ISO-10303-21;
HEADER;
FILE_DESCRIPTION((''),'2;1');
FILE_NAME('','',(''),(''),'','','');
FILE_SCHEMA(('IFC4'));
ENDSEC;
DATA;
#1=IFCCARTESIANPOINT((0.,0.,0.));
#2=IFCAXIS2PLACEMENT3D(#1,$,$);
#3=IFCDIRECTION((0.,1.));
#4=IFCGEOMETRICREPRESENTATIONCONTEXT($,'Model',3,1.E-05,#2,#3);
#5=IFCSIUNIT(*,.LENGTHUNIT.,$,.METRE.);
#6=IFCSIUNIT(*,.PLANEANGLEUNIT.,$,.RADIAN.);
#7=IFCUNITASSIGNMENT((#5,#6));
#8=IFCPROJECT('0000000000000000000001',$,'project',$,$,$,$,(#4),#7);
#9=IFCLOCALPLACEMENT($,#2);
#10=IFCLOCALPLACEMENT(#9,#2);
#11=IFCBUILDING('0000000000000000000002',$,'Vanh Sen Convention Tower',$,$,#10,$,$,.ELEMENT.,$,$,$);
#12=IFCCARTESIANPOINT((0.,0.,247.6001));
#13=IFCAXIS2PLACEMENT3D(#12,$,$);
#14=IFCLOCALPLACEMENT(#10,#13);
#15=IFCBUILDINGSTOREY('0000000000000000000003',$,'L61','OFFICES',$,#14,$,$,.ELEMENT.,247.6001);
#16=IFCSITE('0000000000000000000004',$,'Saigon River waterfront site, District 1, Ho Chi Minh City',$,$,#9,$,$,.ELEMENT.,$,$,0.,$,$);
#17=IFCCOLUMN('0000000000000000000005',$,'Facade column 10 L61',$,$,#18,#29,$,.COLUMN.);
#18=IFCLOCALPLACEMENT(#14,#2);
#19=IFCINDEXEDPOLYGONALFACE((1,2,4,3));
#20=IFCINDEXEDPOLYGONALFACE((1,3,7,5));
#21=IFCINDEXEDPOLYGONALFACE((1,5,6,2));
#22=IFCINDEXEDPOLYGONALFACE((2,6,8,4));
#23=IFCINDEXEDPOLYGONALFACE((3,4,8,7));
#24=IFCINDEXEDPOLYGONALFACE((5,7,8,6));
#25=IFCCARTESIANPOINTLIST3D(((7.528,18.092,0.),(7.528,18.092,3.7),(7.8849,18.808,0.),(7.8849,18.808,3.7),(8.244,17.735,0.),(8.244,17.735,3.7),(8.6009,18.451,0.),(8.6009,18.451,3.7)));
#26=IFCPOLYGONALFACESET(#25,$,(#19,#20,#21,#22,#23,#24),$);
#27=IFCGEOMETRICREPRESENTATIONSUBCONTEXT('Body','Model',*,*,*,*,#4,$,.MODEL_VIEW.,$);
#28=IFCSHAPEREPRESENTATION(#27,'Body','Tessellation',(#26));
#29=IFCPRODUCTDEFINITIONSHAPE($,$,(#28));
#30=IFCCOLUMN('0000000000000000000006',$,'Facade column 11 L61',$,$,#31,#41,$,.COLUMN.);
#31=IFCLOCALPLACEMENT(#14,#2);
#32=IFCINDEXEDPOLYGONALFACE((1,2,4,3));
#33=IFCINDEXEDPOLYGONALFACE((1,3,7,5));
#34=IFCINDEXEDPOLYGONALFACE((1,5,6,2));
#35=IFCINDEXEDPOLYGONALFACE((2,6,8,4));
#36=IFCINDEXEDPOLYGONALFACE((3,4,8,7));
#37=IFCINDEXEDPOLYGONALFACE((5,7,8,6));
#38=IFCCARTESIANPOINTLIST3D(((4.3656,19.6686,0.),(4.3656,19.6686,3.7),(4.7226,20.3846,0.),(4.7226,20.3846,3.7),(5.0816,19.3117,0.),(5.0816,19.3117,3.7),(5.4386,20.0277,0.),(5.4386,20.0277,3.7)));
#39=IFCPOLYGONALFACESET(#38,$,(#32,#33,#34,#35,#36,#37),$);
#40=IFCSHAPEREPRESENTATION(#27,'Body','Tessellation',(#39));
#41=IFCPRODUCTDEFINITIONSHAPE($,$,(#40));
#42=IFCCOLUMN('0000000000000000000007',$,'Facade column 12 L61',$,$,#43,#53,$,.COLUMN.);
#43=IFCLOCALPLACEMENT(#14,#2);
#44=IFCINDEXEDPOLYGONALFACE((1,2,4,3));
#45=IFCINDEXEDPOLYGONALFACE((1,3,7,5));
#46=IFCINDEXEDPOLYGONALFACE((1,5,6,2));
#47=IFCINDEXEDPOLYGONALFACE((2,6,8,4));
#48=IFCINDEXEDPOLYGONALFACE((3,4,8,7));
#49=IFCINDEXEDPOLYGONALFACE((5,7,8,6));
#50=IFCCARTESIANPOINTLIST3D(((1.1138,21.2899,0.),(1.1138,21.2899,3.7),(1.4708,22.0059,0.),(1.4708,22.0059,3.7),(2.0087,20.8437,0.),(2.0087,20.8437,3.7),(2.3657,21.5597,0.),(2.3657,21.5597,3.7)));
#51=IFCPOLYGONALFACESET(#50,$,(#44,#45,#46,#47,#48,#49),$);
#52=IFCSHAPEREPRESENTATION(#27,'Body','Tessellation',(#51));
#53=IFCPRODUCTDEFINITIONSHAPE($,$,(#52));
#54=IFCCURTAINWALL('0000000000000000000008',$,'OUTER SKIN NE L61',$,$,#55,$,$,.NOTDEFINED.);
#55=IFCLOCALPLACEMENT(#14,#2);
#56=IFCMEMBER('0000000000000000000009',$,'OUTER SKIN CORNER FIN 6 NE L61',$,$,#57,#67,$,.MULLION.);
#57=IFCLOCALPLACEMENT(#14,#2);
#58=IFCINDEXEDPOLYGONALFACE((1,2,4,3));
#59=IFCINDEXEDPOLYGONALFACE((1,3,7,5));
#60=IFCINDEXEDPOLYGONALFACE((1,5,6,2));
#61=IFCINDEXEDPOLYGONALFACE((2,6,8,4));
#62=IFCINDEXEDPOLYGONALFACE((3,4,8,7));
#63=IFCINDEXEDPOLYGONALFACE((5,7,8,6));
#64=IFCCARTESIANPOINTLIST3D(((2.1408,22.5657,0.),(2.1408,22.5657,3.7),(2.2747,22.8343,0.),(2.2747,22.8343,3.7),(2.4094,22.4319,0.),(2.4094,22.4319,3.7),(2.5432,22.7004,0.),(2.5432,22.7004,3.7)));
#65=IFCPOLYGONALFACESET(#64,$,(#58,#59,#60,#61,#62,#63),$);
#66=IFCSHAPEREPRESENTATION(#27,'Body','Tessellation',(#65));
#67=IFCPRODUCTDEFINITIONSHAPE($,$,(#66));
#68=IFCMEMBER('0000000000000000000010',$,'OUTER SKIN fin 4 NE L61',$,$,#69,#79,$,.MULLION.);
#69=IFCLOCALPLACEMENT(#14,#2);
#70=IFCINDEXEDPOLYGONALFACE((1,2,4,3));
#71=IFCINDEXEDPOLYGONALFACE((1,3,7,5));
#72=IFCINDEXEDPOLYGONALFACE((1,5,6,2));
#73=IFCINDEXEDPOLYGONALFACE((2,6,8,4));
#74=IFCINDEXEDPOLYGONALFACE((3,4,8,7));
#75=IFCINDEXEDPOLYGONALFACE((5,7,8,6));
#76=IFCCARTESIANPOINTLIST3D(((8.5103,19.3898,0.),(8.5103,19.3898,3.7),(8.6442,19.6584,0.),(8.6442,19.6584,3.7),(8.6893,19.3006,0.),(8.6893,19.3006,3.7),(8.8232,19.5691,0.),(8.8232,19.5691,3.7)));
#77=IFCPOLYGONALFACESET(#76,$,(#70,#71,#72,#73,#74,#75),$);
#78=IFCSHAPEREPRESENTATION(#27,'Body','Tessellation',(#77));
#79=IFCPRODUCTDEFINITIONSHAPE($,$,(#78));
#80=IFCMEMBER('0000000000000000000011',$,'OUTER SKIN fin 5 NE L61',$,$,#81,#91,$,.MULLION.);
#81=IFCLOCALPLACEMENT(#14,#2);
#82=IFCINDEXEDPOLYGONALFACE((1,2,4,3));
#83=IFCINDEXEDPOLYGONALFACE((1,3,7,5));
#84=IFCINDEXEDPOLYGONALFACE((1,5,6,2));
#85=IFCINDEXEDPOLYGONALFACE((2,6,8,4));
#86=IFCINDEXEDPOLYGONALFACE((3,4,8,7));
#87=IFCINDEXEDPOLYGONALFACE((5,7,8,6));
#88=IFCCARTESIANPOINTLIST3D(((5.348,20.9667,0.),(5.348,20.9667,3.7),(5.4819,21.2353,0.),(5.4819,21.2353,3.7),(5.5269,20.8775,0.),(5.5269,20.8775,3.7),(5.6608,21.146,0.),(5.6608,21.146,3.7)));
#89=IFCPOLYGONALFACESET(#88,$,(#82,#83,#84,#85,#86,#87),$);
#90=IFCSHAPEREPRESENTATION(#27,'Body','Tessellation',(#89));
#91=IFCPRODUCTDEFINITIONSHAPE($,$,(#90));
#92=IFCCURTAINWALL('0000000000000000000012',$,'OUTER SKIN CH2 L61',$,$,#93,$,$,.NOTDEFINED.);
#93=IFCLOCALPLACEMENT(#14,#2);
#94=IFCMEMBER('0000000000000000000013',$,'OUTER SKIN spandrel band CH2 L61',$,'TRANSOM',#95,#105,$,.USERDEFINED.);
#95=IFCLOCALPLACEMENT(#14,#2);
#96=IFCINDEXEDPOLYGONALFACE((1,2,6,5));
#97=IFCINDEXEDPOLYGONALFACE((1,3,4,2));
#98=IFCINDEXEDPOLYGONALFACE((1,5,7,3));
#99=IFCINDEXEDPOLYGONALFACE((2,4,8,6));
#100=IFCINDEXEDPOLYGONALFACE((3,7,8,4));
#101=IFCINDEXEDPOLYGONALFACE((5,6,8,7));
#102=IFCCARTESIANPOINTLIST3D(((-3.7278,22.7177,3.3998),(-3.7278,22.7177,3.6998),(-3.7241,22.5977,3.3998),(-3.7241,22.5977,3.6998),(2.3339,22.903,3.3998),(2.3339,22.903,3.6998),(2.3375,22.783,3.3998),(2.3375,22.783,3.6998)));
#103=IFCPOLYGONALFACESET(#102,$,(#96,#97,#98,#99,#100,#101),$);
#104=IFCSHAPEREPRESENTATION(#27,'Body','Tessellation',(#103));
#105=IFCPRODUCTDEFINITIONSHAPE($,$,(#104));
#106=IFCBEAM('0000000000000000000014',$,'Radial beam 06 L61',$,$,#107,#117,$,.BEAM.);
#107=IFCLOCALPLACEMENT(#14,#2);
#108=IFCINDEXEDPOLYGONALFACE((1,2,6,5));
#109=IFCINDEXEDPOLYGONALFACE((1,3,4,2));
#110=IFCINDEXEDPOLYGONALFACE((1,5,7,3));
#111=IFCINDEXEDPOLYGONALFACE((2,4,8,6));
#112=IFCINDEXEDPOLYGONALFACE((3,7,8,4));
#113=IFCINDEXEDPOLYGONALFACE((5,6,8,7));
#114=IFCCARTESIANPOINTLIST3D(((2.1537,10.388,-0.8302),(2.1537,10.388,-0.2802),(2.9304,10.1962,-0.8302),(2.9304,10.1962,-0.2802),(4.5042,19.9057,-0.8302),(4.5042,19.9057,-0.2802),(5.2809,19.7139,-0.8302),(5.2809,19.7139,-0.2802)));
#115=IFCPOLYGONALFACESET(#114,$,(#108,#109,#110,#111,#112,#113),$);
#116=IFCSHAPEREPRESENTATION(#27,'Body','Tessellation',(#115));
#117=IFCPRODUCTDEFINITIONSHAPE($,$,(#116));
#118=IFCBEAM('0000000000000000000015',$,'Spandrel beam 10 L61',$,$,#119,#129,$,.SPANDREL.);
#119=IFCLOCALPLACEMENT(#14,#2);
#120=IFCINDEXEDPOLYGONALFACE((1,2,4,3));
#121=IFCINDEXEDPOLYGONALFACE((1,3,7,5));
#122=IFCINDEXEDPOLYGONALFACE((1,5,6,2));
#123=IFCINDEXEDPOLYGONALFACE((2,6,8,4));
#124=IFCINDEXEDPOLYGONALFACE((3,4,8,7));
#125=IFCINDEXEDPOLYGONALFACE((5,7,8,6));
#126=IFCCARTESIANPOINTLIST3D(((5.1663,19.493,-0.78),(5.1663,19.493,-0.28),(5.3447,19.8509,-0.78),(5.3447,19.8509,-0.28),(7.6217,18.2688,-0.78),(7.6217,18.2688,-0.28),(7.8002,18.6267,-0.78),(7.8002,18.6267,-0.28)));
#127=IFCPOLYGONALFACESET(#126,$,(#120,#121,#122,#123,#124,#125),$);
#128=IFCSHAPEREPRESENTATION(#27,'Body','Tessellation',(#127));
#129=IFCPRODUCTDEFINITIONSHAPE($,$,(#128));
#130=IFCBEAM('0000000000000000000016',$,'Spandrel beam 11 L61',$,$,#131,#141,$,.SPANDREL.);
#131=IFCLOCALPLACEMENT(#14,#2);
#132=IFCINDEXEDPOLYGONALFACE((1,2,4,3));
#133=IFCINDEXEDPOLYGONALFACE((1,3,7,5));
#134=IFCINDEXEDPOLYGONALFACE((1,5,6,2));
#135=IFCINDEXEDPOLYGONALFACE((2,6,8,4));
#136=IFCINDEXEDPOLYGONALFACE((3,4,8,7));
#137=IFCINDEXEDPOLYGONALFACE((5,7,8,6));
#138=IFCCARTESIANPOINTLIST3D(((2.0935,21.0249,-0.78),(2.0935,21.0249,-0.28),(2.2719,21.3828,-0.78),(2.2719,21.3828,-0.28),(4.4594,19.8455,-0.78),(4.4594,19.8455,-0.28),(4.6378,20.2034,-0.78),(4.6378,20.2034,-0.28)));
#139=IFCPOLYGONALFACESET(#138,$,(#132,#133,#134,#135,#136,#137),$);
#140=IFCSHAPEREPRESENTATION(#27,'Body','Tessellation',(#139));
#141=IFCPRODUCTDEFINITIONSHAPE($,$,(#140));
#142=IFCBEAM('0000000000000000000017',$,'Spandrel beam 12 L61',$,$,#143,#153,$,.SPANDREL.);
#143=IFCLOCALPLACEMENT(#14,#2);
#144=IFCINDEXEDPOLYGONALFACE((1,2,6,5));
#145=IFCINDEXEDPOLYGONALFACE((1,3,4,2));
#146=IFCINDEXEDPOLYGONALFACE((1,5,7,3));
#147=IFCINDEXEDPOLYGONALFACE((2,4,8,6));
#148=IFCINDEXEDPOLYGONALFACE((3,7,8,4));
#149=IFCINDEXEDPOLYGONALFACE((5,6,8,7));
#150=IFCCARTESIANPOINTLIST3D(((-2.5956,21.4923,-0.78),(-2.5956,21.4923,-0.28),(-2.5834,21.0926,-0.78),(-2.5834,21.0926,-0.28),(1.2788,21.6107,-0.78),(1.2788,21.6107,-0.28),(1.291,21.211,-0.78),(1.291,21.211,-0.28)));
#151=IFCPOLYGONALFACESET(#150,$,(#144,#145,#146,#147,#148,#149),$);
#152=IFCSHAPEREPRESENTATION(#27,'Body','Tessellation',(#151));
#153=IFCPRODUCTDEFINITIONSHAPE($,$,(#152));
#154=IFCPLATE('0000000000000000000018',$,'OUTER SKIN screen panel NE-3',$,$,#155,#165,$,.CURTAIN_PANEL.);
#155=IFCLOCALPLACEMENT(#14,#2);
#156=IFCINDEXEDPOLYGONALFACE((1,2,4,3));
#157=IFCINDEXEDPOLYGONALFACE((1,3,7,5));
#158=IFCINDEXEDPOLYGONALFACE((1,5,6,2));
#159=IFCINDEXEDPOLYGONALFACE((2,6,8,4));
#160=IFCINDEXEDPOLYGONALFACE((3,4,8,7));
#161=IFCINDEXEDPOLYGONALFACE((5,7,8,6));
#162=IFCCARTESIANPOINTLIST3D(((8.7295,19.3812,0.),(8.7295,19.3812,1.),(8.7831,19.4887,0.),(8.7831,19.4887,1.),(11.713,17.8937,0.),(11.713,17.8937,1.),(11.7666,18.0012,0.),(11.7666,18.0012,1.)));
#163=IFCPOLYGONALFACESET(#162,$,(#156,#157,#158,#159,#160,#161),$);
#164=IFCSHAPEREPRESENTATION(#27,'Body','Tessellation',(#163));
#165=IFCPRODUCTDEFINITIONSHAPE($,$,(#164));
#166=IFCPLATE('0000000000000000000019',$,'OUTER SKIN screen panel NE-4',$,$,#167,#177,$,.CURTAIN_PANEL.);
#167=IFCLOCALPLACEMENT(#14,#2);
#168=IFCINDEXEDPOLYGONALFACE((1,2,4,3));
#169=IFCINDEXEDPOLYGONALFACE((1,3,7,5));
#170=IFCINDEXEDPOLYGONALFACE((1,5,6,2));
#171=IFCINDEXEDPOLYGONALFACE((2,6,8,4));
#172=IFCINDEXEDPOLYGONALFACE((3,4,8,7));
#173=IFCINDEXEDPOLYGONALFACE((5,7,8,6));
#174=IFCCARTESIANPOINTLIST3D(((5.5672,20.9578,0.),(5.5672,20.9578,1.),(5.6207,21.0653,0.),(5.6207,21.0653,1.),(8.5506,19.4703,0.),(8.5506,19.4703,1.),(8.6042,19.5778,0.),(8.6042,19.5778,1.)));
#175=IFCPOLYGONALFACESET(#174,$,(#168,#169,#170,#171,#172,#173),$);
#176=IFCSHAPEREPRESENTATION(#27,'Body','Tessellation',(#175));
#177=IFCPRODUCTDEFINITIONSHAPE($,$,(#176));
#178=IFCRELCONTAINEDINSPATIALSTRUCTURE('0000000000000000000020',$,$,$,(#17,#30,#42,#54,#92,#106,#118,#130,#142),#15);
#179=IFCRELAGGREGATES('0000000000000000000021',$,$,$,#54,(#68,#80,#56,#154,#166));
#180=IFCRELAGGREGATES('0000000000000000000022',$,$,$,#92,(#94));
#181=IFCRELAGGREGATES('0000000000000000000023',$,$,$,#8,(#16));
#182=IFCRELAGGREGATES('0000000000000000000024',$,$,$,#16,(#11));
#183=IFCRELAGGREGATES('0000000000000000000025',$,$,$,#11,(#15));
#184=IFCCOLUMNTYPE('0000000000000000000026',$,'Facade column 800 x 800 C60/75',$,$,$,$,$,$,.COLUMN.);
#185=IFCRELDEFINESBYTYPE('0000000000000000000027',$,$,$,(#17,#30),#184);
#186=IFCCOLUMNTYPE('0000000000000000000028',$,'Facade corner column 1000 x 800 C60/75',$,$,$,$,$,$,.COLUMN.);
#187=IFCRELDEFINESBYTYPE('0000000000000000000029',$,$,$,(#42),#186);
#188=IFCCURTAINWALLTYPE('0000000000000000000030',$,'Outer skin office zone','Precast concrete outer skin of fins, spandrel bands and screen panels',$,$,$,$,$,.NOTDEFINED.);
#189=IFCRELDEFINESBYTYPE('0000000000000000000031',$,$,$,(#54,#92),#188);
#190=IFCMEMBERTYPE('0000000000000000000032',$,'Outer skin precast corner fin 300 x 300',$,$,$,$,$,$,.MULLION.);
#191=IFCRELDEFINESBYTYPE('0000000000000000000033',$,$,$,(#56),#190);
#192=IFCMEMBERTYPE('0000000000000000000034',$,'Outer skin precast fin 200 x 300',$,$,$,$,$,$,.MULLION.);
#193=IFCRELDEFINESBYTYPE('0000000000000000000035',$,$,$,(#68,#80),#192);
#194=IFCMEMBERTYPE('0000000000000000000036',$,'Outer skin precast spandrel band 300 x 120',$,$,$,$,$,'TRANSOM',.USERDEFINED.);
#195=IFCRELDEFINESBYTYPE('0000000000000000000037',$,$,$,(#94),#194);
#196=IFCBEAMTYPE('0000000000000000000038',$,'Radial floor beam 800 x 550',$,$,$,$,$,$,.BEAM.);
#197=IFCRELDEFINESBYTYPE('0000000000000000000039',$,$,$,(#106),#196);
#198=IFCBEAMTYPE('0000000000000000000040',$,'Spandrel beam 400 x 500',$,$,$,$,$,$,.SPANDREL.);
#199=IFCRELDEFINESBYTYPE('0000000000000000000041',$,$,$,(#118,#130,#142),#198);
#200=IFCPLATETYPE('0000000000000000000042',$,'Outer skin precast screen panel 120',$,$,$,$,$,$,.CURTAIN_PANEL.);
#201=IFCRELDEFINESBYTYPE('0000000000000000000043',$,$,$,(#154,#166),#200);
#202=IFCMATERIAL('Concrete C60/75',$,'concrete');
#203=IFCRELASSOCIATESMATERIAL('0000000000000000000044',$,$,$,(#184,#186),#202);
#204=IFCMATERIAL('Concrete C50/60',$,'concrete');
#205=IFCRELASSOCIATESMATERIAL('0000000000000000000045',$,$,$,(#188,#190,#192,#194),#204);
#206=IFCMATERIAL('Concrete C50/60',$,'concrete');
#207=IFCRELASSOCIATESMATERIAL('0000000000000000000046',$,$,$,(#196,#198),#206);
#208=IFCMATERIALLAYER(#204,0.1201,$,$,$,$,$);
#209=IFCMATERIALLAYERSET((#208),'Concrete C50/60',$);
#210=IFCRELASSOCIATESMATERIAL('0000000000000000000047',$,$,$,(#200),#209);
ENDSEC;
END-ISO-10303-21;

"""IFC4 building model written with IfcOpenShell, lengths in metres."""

from ifc_helpers import new_model, si_unit, direction, frame, origin, origin_2d, place, context, subcontext, project, spatial, rectangle, extrude, material, layer, layer_set, material_profile, profile_set, type_object, element, aggregate, save


model = new_model("IFC4")

# Units and contexts
model_context = context("Model", 3, precision=1e-05, world=origin(), true_north=direction((0.0, 1.0)))
body_context = subcontext(model_context, "Body", "Model", "MODEL_VIEW")
ifc_project = project(units=[si_unit("LENGTHUNIT", "METRE"), si_unit("PLANEANGLEUNIT", "RADIAN")], contexts=[model_context])

# Site, building, storey
site_placement = place(None, origin())
site = spatial("IfcSite", under=ifc_project, at=site_placement, Name="Saigon River waterfront site, District 1, Ho Chi Minh City", CompositionType="ELEMENT", RefElevation=0.0)
building_placement = place(site_placement, origin())
building = spatial("IfcBuilding", under=site, at=building_placement, Name="Vanh Sen Convention Tower", CompositionType="ELEMENT")
storey_placement = place(building_placement, frame((0.0, 0.0, 247.6001)))
storey = spatial("IfcBuildingStorey", under=building, at=storey_placement, Name="L61", Description="OFFICES", CompositionType="ELEMENT", Elevation=247.6001)

# Columns
ifc_material_1 = material(Name="Concrete C60/75", Category="concrete")
ifc_material_profile_1 = material_profile(ifc_material_1, rectangle(XDim=0.8, YDim=0.8, at=origin_2d()), Name="RC 800X800")
ifc_profile_set_1 = profile_set([ifc_material_profile_1], Name="Concrete C60/75")
column_type_1 = type_object("IfcColumnType", Name="Facade column 800 x 800 C60/75", PredefinedType="COLUMN", material=ifc_profile_set_1)
for number, where, z_axis, x_axis, name in (
    (1, (8.0645, 18.2715, 0.0), (0.0, 0.0, 1.0), (-0.894934, 0.446198, 0.0), "Facade column 10 L61"),
    (2, (4.9021, 19.8481, 0.0), (0.0, 0.0, 1.0), (-0.894934, 0.446198, 0.0), "Facade column 11 L61"),
):
    element("IfcColumn", number, at=place(storey_placement, frame(where, z_axis=z_axis, x_axis=x_axis)), inside=storey, type_object=column_type_1, Name=name, PredefinedType="COLUMN", context=body_context, shape_type="SweptSolid", body=[
        extrude(rectangle(XDim=0.8, YDim=0.8, at=origin_2d()), origin(), (0.0, 0.0, 1.0), 3.7),
    ])
ifc_material_profile_2 = material_profile(ifc_material_1, rectangle(XDim=1.0, YDim=0.8, at=origin_2d()), Name="RC 1000X800")
ifc_profile_set_2 = profile_set([ifc_material_profile_2], Name="Concrete C60/75")
column_type_2 = type_object("IfcColumnType", Name="Facade corner column 1000 x 800 C60/75", PredefinedType="COLUMN", material=ifc_profile_set_2)
column_placement = place(storey_placement, frame((1.7397, 21.4248, 0.0), z_axis=(0.0, 0.0, 1.0), x_axis=(-0.894934, 0.446198, 0.0)))
element("IfcColumn", 3, at=column_placement, inside=storey, type_object=column_type_2, Name="Facade column 12 L61", PredefinedType="COLUMN", context=body_context, shape_type="SweptSolid", body=[
    extrude(rectangle(XDim=1.0, YDim=0.8, at=origin_2d()), origin(), (0.0, 0.0, 1.0), 3.7),
])

# Curtain wall, members
ifc_material_2 = material(Name="Concrete C50/60", Category="concrete")
curtain_wall_type = type_object("IfcCurtainWallType", Name="Outer skin office zone", Description="Precast concrete outer skin of fins, spandrel bands and screen panels", PredefinedType="NOTDEFINED", material=ifc_material_2)
curtain_wall_1_placement = place(storey_placement, origin())
curtain_wall_1 = element("IfcCurtainWall", 4, at=curtain_wall_1_placement, inside=storey, type_object=curtain_wall_type, Name="OUTER SKIN NE L61", PredefinedType="NOTDEFINED")
ifc_material_profile_3 = material_profile(ifc_material_2, rectangle(XDim=0.3, YDim=0.3, at=origin_2d()), Name="Outer skin precast corner fin 300 x 300")
ifc_profile_set_3 = profile_set([ifc_material_profile_3], Name="Concrete C50/60")
member_type_1 = type_object("IfcMemberType", Name="Outer skin precast corner fin 300 x 300", PredefinedType="MULLION", material=ifc_profile_set_3)
member_1_placement = place(storey_placement, frame((2.342, 22.6331, 0.0), z_axis=(0.0, 0.0, 1.0), x_axis=(-0.894934, 0.446198, 0.0)))
member_1 = element("IfcMember", 5, at=member_1_placement, type_object=member_type_1, Name="OUTER SKIN CORNER FIN 6 NE L61", PredefinedType="MULLION", context=body_context, shape_type="SweptSolid", body=[
    extrude(rectangle(XDim=0.3, YDim=0.3, at=origin_2d()), origin(), (0.0, 0.0, 1.0), 3.7),
])
ifc_material_profile_4 = material_profile(ifc_material_2, rectangle(XDim=0.2, YDim=0.3, at=origin_2d()), Name="Outer skin precast fin 200 x 300")
ifc_profile_set_4 = profile_set([ifc_material_profile_4], Name="Concrete C50/60")
member_type_2 = type_object("IfcMemberType", Name="Outer skin precast fin 200 x 300", PredefinedType="MULLION", material=ifc_profile_set_4)
member_2_placement = place(storey_placement, frame((8.6667, 19.4795, 0.0), z_axis=(0.0, 0.0, 1.0), x_axis=(-0.894934, 0.446198, 0.0)))
member_2 = element("IfcMember", 6, at=member_2_placement, type_object=member_type_2, Name="OUTER SKIN fin 4 NE L61", PredefinedType="MULLION", context=body_context, shape_type="SweptSolid", body=[
    extrude(rectangle(XDim=0.2, YDim=0.3, at=origin_2d()), origin(), (0.0, 0.0, 1.0), 3.7),
])
member_3_placement = place(storey_placement, frame((5.5044, 21.0564, 0.0), z_axis=(0.0, 0.0, 1.0), x_axis=(-0.894934, 0.446198, 0.0)))
member_3 = element("IfcMember", 7, at=member_3_placement, type_object=member_type_2, Name="OUTER SKIN fin 5 NE L61", PredefinedType="MULLION", context=body_context, shape_type="SweptSolid", body=[
    extrude(rectangle(XDim=0.2, YDim=0.3, at=origin_2d()), origin(), (0.0, 0.0, 1.0), 3.7),
])

# Curtain wall, member
curtain_wall_2_placement = place(storey_placement, origin())
curtain_wall_2 = element("IfcCurtainWall", 8, at=curtain_wall_2_placement, inside=storey, type_object=curtain_wall_type, Name="OUTER SKIN CH2 L61", PredefinedType="NOTDEFINED")
ifc_material_profile_5 = material_profile(ifc_material_2, rectangle(XDim=0.1201, YDim=0.3, at=origin_2d()), Name="Outer skin precast spandrel band 300 x 120")
ifc_profile_set_5 = profile_set([ifc_material_profile_5], Name="Concrete C50/60")
member_type_3 = type_object("IfcMemberType", Name="Outer skin precast spandrel band 300 x 120", ElementType="TRANSOM", PredefinedType="USERDEFINED", material=ifc_profile_set_5)
member_4_placement = place(storey_placement, frame((2.3357, 22.843, 3.5498), z_axis=(-0.999533, -0.030556, 0.0), x_axis=(0.030556, -0.999533, 0.0)))
member_4 = element("IfcMember", 9, at=member_4_placement, type_object=member_type_3, Name="OUTER SKIN spandrel band CH2 L61", ObjectType="TRANSOM", PredefinedType="USERDEFINED", context=body_context, shape_type="SweptSolid", body=[
    extrude(rectangle(XDim=0.1201, YDim=0.3, at=origin_2d()), origin(), (0.0, 0.0, 1.0), 6.0645),
])

# Beams
ifc_material_3 = material(Name="Concrete C50/60", Category="concrete")
ifc_material_profile_6 = material_profile(ifc_material_3, rectangle(XDim=0.8, YDim=0.55, at=origin_2d()), Name="RC 800X550")
ifc_profile_set_6 = profile_set([ifc_material_profile_6], Name="Concrete C50/60")
beam_type_1 = type_object("IfcBeamType", Name="Radial floor beam 800 x 550", PredefinedType="BEAM", material=ifc_profile_set_6)
beam_1_placement = place(storey_placement, frame((4.8926, 19.8098, -0.5552), z_axis=(-0.239763, -0.970831, 0.0), x_axis=(0.970831, -0.239763, 0.0)))
element("IfcBeam", 10, at=beam_1_placement, inside=storey, type_object=beam_type_1, Name="Radial beam 06 L61", PredefinedType="BEAM", context=body_context, shape_type="SweptSolid", body=[
    extrude(rectangle(XDim=0.8, YDim=0.55, at=origin_2d()), origin(), (0.0, 0.0, 1.0), 9.8037),
])
ifc_material_profile_7 = material_profile(ifc_material_3, rectangle(XDim=0.3999, YDim=0.5, at=origin_2d()), Name="RC 400X500")
ifc_profile_set_7 = profile_set([ifc_material_profile_7], Name="Concrete C50/60")
beam_type_2 = type_object("IfcBeamType", Name="Spandrel beam 400 x 500", PredefinedType="SPANDREL", material=ifc_profile_set_7)
beam_2_placement = place(storey_placement, frame((7.7109, 18.4478, -0.53), z_axis=(-0.894943, 0.446181, 0.0), x_axis=(-0.446181, -0.894943, 0.0)))
element("IfcBeam", 11, at=beam_2_placement, inside=storey, type_object=beam_type_2, Name="Spandrel beam 10 L61", PredefinedType="SPANDREL", context=body_context, shape_type="SweptSolid", body=[
    extrude(rectangle(XDim=0.3999, YDim=0.5, at=origin_2d()), origin(), (0.0, 0.0, 1.0), 2.7437),
])
beam_3_placement = place(storey_placement, frame((4.5486, 20.0244, -0.53), z_axis=(-0.894962, 0.446142, 0.0), x_axis=(-0.446142, -0.894962, 0.0)))
element("IfcBeam", 12, at=beam_3_placement, inside=storey, type_object=beam_type_2, Name="Spandrel beam 11 L61", PredefinedType="SPANDREL", context=body_context, shape_type="SweptSolid", body=[
    extrude(rectangle(XDim=0.3999, YDim=0.5, at=origin_2d()), origin(), (0.0, 0.0, 1.0), 2.6436),
])
beam_4_placement = place(storey_placement, frame((1.2849, 21.4109, -0.53), z_axis=(-0.999533, -0.030547, 0.0), x_axis=(0.030547, -0.999533, 0.0)))
element("IfcBeam", 13, at=beam_4_placement, inside=storey, type_object=beam_type_2, Name="Spandrel beam 12 L61", PredefinedType="SPANDREL", context=body_context, shape_type="SweptSolid", body=[
    extrude(rectangle(XDim=0.3999, YDim=0.5, at=origin_2d()), origin(), (0.0, 0.0, 1.0), 3.8762),
])

# Plates
ifc_layer_1 = layer(ifc_material_2, 0.1201)
ifc_layer_set_1 = layer_set([ifc_layer_1], Name="Concrete C50/60")
plate_type = type_object("IfcPlateType", Name="Outer skin precast screen panel 120", PredefinedType="CURTAIN_PANEL", material=ifc_layer_set_1)
plate_1_placement = place(storey_placement, frame((10.248, 18.6912, 0.0), z_axis=(0.0, 0.0, 1.0), x_axis=(-0.894936, 0.446195, 0.0)))
plate_1 = element("IfcPlate", 14, at=plate_1_placement, type_object=plate_type, Name="OUTER SKIN screen panel NE-3", PredefinedType="CURTAIN_PANEL", context=body_context, shape_type="SweptSolid", body=[
    extrude(rectangle(XDim=3.3337, YDim=0.1201, at=origin_2d()), origin(), (0.0, 0.0, 1.0), 1.0),
])
plate_2_placement = place(storey_placement, frame((7.0857, 20.2678, 0.0), z_axis=(0.0, 0.0, 1.0), x_axis=(-0.894936, 0.446195, 0.0)))
plate_2 = element("IfcPlate", 15, at=plate_2_placement, type_object=plate_type, Name="OUTER SKIN screen panel NE-4", PredefinedType="CURTAIN_PANEL", context=body_context, shape_type="SweptSolid", body=[
    extrude(rectangle(XDim=3.3337, YDim=0.1201, at=origin_2d()), origin(), (0.0, 0.0, 1.0), 1.0),
])
aggregate(curtain_wall_1, [member_2, member_3, member_1, plate_1, plate_2])
aggregate(curtain_wall_2, [member_4])

save(model, "model.ifc")
